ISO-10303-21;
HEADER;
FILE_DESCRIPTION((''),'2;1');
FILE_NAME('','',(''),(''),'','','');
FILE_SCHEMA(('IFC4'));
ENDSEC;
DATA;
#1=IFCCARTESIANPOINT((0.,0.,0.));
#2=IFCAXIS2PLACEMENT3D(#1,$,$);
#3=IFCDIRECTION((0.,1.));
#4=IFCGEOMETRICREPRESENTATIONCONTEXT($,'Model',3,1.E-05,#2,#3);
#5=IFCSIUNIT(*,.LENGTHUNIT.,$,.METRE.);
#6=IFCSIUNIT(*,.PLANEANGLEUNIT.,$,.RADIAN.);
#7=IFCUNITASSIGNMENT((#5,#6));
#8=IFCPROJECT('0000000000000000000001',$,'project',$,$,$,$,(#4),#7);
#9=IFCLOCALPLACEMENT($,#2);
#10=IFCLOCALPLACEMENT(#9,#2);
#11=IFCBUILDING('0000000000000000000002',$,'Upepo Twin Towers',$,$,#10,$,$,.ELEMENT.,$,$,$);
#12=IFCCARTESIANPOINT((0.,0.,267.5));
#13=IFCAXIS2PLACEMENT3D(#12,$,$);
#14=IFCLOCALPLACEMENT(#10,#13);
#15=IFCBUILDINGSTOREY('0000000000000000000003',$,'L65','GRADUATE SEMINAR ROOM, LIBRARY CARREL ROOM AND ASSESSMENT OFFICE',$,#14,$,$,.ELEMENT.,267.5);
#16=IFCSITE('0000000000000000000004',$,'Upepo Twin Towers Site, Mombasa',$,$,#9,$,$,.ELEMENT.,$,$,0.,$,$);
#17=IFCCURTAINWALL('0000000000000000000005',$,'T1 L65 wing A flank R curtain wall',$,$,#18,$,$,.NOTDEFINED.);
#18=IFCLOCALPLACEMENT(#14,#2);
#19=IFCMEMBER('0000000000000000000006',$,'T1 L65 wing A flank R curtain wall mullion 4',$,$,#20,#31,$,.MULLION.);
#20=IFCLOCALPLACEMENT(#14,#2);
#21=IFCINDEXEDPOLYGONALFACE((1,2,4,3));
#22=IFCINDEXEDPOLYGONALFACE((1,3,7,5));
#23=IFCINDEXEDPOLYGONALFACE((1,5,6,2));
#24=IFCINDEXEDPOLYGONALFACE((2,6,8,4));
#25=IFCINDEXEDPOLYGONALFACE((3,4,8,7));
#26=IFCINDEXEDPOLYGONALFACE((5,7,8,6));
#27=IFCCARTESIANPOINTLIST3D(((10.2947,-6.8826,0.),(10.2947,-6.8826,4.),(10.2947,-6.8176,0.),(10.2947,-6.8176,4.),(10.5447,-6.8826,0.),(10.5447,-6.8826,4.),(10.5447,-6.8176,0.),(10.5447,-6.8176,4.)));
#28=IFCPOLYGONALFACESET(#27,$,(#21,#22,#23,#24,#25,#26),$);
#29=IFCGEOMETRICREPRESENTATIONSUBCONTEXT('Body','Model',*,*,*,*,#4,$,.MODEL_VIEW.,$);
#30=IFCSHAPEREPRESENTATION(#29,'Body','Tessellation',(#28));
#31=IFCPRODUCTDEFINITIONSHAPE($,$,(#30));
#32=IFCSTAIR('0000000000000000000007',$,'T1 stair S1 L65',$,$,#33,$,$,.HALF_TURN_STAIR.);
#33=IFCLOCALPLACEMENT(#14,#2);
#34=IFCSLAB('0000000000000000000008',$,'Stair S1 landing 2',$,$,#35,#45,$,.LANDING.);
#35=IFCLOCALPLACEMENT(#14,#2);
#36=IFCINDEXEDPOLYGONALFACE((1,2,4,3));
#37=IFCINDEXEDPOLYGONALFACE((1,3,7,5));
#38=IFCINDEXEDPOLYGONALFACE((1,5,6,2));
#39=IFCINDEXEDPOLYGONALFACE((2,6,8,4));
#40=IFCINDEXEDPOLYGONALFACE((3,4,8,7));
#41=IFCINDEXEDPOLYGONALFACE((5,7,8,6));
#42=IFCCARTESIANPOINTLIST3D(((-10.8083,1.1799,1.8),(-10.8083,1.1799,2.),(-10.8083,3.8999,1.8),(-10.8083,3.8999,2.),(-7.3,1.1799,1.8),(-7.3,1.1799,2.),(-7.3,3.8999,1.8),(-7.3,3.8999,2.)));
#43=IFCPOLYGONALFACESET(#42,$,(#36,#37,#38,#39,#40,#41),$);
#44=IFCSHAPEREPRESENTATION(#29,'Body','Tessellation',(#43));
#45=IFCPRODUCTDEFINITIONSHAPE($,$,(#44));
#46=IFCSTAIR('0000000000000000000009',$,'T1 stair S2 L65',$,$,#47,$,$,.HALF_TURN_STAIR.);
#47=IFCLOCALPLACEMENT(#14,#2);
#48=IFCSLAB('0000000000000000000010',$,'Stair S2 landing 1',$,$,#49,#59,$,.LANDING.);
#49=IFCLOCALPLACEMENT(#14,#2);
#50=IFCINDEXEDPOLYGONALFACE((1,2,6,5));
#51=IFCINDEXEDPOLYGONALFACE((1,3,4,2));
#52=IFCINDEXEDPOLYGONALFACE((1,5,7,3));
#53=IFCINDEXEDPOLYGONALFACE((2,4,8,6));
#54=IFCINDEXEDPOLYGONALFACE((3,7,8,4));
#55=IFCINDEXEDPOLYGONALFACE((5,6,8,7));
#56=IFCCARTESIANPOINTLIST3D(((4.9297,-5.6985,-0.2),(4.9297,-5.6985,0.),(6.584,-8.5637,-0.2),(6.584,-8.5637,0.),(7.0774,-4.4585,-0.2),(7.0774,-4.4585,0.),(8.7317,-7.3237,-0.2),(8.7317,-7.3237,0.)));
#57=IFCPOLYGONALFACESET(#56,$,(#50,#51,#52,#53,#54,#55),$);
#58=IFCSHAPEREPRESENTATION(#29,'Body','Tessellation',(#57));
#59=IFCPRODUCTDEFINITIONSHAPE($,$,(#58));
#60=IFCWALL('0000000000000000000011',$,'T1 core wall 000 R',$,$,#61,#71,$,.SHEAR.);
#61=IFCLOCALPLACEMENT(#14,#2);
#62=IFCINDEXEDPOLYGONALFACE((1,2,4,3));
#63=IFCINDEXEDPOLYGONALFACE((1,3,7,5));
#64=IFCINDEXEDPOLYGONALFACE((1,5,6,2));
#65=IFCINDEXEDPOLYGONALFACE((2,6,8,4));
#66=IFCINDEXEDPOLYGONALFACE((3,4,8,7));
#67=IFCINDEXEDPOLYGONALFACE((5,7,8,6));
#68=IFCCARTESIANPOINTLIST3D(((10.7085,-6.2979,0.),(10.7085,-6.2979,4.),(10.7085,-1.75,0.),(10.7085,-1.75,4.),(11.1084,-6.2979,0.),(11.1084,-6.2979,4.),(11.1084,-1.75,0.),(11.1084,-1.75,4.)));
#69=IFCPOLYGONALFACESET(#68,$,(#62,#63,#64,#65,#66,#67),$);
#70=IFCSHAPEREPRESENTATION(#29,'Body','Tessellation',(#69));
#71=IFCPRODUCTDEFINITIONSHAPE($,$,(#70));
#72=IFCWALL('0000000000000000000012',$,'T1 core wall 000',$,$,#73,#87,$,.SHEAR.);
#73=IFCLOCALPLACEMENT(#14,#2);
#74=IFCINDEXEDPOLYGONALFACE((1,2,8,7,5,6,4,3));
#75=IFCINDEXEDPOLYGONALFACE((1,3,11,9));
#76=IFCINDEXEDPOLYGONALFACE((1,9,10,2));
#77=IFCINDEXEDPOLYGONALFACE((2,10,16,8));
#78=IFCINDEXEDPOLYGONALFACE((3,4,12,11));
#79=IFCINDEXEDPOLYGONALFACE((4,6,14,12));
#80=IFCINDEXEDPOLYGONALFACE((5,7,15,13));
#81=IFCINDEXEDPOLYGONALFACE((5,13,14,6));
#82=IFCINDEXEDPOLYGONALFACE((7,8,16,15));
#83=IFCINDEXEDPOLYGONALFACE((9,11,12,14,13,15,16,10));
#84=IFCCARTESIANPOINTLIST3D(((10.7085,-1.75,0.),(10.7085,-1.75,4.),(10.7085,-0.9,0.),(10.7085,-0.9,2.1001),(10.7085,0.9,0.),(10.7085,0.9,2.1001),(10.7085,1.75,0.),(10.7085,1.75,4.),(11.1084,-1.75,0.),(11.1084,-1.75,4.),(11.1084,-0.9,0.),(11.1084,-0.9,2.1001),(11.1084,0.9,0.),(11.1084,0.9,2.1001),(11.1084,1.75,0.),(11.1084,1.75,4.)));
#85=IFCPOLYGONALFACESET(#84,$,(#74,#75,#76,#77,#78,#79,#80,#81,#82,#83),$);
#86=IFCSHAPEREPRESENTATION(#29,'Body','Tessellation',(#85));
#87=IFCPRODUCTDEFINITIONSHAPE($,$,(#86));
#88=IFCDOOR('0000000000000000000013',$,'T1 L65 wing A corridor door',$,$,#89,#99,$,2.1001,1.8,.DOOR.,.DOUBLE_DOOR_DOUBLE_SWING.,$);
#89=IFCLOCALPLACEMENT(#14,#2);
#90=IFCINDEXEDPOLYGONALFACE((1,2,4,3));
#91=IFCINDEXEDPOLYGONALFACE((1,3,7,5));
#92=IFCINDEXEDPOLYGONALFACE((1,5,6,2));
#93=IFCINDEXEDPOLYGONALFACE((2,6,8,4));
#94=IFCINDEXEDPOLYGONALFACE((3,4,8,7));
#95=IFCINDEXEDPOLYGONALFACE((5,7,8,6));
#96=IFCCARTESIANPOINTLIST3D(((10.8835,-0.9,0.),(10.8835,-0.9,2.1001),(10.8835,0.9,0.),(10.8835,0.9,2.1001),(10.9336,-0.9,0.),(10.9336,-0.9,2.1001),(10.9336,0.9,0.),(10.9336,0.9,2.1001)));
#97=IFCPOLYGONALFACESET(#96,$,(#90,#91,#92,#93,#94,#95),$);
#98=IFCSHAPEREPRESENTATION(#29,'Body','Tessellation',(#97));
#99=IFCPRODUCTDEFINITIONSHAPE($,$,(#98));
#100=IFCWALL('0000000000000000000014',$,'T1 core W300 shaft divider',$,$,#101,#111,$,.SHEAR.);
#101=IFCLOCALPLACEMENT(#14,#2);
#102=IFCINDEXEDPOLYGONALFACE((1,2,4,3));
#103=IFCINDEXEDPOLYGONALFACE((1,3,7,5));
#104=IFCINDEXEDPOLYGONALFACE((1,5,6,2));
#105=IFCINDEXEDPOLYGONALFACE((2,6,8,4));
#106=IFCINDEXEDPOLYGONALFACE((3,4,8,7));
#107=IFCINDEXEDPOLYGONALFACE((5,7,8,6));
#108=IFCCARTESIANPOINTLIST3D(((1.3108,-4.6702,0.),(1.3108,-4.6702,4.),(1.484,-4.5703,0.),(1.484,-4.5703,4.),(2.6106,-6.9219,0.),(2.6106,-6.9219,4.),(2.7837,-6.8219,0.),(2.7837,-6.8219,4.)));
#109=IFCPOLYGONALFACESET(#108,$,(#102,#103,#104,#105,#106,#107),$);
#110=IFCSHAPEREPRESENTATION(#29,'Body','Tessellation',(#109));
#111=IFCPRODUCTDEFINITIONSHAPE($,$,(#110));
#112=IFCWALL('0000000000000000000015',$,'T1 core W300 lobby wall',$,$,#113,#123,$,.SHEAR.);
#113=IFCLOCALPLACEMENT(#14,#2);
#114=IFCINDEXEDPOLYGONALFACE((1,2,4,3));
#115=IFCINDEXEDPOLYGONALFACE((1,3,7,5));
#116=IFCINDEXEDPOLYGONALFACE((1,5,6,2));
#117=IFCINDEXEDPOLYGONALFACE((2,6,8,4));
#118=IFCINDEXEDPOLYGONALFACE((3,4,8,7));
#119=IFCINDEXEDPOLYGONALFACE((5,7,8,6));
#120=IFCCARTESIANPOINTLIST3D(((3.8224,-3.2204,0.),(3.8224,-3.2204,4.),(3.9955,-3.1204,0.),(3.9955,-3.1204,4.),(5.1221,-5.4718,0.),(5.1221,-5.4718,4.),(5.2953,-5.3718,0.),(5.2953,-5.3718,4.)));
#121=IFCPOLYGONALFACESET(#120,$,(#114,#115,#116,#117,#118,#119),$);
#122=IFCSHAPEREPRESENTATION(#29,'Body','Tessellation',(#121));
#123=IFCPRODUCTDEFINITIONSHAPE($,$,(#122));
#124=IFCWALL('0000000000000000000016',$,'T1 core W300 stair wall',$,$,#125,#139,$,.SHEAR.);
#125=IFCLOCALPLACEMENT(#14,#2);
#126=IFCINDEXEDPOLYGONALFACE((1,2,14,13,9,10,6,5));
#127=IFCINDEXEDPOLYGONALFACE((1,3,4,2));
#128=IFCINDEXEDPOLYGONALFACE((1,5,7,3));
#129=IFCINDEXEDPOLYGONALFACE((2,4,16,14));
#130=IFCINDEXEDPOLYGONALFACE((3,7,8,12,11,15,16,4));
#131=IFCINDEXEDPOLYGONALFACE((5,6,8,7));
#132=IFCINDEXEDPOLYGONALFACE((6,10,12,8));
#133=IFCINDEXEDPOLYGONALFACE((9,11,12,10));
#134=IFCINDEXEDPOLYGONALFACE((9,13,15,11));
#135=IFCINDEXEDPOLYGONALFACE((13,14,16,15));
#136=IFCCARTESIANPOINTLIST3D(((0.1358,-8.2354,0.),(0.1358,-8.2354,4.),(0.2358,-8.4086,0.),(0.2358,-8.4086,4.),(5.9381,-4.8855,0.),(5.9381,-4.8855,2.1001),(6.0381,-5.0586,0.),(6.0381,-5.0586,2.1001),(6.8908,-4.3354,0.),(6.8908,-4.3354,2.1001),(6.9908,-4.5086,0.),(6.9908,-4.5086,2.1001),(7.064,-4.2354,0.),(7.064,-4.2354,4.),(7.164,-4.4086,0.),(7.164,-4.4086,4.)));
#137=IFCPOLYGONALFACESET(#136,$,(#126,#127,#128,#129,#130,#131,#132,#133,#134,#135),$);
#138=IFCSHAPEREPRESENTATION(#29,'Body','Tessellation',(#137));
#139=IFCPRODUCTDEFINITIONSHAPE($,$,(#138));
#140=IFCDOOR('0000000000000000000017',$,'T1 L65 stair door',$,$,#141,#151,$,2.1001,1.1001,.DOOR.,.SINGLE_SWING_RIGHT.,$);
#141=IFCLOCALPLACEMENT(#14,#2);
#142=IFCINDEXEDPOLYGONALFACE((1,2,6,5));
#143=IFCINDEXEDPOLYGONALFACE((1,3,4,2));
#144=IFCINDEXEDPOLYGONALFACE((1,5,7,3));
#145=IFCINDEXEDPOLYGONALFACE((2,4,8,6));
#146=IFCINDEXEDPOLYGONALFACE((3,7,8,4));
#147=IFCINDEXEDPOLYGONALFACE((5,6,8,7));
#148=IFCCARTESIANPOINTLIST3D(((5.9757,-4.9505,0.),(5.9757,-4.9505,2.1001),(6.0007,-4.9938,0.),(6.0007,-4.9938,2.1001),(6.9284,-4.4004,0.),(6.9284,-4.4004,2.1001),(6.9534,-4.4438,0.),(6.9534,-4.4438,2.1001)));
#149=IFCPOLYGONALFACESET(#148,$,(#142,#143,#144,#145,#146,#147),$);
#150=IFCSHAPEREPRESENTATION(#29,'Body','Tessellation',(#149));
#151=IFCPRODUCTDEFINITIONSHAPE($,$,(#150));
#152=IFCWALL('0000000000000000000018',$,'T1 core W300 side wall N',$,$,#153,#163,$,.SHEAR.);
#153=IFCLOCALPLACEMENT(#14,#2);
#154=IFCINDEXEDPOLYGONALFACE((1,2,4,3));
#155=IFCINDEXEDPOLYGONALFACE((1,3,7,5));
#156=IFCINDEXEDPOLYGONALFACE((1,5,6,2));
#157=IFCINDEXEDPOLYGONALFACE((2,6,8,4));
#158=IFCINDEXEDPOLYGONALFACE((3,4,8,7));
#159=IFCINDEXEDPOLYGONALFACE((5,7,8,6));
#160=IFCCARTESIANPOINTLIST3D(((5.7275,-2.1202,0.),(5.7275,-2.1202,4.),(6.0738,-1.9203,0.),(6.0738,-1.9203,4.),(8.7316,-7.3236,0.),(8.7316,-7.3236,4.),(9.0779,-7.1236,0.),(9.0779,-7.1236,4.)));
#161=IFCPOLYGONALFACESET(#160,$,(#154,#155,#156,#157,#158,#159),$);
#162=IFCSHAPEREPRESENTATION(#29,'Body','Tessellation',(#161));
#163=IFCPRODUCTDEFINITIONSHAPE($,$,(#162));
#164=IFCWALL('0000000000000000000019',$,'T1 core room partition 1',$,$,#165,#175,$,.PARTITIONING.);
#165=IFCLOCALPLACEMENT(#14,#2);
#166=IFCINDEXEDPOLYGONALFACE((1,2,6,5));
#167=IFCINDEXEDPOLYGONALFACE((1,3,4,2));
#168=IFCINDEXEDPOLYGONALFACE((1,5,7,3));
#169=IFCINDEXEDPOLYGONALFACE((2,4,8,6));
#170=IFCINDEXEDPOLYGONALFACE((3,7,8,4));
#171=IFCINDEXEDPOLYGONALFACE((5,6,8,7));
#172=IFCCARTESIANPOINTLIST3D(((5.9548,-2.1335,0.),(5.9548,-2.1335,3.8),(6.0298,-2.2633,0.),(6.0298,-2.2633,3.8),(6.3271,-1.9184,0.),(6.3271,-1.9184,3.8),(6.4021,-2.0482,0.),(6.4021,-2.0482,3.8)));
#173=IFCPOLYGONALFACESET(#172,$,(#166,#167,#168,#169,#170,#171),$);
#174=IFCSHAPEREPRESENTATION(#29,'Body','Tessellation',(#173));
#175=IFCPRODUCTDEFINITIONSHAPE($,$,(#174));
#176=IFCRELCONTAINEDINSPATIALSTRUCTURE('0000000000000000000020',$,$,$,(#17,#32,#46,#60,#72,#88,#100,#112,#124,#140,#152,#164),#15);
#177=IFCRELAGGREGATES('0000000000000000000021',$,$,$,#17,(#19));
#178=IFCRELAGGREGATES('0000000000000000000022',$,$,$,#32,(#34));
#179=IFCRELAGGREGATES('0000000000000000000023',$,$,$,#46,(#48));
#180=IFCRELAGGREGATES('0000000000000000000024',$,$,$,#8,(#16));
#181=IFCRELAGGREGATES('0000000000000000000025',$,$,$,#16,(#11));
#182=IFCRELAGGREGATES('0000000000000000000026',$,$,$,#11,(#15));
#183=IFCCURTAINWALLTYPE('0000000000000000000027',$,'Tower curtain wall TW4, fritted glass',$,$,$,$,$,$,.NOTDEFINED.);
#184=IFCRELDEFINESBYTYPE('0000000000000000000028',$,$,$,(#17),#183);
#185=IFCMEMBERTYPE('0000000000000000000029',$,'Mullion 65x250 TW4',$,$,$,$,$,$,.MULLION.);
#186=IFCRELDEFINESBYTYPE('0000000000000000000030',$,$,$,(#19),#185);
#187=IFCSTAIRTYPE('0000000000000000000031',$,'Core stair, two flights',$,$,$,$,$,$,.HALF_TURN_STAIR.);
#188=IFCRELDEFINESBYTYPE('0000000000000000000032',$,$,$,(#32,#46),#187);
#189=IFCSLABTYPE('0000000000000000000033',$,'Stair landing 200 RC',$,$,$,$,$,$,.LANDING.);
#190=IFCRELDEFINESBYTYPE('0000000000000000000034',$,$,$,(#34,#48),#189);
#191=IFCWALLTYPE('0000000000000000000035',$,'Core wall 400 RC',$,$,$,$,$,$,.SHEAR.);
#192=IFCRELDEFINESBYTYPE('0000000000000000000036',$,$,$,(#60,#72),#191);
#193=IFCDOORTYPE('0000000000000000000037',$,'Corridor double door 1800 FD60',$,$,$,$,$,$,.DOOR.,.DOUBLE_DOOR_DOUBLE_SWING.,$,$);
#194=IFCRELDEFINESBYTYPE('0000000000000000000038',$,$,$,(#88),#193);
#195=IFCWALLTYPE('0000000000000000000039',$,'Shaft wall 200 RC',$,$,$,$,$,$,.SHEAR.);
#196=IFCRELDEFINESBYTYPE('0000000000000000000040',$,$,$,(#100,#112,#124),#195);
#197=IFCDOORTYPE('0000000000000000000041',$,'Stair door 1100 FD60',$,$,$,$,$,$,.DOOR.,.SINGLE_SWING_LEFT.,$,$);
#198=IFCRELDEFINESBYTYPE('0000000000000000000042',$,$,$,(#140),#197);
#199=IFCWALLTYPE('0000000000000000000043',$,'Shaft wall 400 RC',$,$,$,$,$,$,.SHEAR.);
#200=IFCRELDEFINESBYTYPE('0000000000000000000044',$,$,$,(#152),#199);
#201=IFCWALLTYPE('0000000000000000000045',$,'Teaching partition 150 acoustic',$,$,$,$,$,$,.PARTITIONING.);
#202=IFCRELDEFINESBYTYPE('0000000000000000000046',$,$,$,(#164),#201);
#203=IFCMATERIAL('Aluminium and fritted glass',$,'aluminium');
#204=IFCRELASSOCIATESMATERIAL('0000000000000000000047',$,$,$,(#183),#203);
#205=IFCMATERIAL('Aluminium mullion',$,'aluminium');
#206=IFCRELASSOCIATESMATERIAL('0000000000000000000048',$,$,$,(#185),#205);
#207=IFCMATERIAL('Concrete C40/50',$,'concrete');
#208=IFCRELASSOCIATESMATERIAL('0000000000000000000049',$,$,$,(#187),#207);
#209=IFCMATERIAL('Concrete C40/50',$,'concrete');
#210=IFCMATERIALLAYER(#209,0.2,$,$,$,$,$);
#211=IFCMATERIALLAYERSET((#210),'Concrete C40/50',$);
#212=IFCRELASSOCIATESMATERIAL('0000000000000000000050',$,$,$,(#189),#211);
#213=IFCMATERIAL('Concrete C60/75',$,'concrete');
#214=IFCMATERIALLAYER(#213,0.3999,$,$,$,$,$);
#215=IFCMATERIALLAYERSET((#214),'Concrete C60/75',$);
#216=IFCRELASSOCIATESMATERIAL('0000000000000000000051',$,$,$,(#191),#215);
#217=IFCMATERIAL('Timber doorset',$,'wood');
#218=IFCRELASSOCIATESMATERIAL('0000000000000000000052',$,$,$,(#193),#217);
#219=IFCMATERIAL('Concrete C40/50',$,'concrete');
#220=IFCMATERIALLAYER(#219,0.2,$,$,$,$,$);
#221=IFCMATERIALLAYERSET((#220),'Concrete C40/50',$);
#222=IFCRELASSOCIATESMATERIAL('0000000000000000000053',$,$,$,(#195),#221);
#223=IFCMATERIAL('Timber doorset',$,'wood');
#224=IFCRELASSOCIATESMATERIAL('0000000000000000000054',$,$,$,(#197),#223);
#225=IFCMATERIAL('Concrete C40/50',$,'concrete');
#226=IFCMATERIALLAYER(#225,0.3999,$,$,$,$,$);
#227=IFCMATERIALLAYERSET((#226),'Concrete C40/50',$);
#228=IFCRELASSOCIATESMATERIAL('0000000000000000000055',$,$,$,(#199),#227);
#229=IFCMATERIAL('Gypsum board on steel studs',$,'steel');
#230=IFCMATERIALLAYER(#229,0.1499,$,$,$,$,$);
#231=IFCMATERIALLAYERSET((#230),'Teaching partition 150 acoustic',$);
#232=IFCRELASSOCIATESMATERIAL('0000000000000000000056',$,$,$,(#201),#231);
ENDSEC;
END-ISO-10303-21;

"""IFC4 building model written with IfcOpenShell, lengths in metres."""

from ifc_helpers import new_model, si_unit, direction, frame, frame_2d, origin, origin_2d, place, context, subcontext, project, spatial, polyline, rectangle, outline, extrude, material, layer, layer_set, material_profile, profile_set, type_object, element, fill, aggregate, save


model = new_model("IFC4")

# Units and contexts
model_context = context("Model", 3, precision=1e-05, world=origin(), true_north=direction((0.0, 1.0)))
body_context = subcontext(model_context, "Body", "Model", "MODEL_VIEW")
ifc_project = project(units=[si_unit("LENGTHUNIT", "METRE"), si_unit("PLANEANGLEUNIT", "RADIAN")], contexts=[model_context])

# Site, building, storey
site_placement = place(None, origin())
site = spatial("IfcSite", under=ifc_project, at=site_placement, Name="Upepo Twin Towers Site, Mombasa", CompositionType="ELEMENT", RefElevation=0.0)
building_placement = place(site_placement, origin())
building = spatial("IfcBuilding", under=site, at=building_placement, Name="Upepo Twin Towers", CompositionType="ELEMENT")
storey_placement = place(building_placement, frame((0.0, 0.0, 267.5)))
storey = spatial("IfcBuildingStorey", under=building, at=storey_placement, Name="L65", Description="GRADUATE SEMINAR ROOM, LIBRARY CARREL ROOM AND ASSESSMENT OFFICE", CompositionType="ELEMENT", Elevation=267.5)

# Curtain wall, member
ifc_material_1 = material(Name="Aluminium and fritted glass", Category="aluminium")
curtain_wall_type = type_object("IfcCurtainWallType", Name="Tower curtain wall TW4, fritted glass", PredefinedType="NOTDEFINED", material=ifc_material_1)
curtain_wall_placement = place(storey_placement, origin())
curtain_wall = element("IfcCurtainWall", 1, at=curtain_wall_placement, inside=storey, type_object=curtain_wall_type, Name="T1 L65 wing A flank R curtain wall", PredefinedType="NOTDEFINED")
ifc_material_2 = material(Name="Aluminium mullion", Category="aluminium")
ifc_material_profile = material_profile(ifc_material_2, rectangle(XDim=0.0649, YDim=0.25, at=origin_2d()), Name="MULLION 65x250")
ifc_profile_set = profile_set([ifc_material_profile], Name="Aluminium mullion")
member_type = type_object("IfcMemberType", Name="Mullion 65x250 TW4", PredefinedType="MULLION", material=ifc_profile_set)
member_placement = place(storey_placement, frame((10.4197, -6.8501, 0.0), z_axis=(0.0, 0.0, 1.0), x_axis=(0.0, -1.0, 0.0)))
member = element("IfcMember", 2, at=member_placement, type_object=member_type, Name="T1 L65 wing A flank R curtain wall mullion 4", PredefinedType="MULLION", context=body_context, shape_type="SweptSolid", body=[
    extrude(rectangle(XDim=0.0649, YDim=0.25, at=origin_2d()), origin(), (0.0, 0.0, 1.0), 4.0),
])
aggregate(curtain_wall, [member])

# Stairs, slabs
ifc_material_3 = material(Name="Concrete C40/50", Category="concrete")
stair_type = type_object("IfcStairType", Name="Core stair, two flights", PredefinedType="HALF_TURN_STAIR", material=ifc_material_3)
stair_1_placement = place(storey_placement, origin())
stair_1 = element("IfcStair", 3, at=stair_1_placement, inside=storey, type_object=stair_type, Name="T1 stair S1 L65", PredefinedType="HALF_TURN_STAIR")
ifc_material_4 = material(Name="Concrete C40/50", Category="concrete")
ifc_layer_1 = layer(ifc_material_4, 0.2)
ifc_layer_set_1 = layer_set([ifc_layer_1], Name="Concrete C40/50")
slab_type = type_object("IfcSlabType", Name="Stair landing 200 RC", PredefinedType="LANDING", material=ifc_layer_set_1)
slab_1_placement = place(storey_placement, frame((0.0, 0.0, 1.8)))
slab_1 = element("IfcSlab", 4, at=slab_1_placement, type_object=slab_type, Name="Stair S1 landing 2", PredefinedType="LANDING", context=body_context, shape_type="SweptSolid", body=[
    extrude(outline(polyline([(-7.3, 3.8999), (-10.8083, 3.8999), (-10.8083, 1.1799), (-7.3, 1.1799), (-7.3, 3.8999)])), origin(), (0.0, 0.0, 1.0), 0.2),
])
aggregate(stair_1, [slab_1])
stair_2_placement = place(storey_placement, origin())
stair_2 = element("IfcStair", 5, at=stair_2_placement, inside=storey, type_object=stair_type, Name="T1 stair S2 L65", PredefinedType="HALF_TURN_STAIR")
slab_2_placement = place(storey_placement, frame((0.0, 0.0, -0.2)))
slab_2 = element("IfcSlab", 6, at=slab_2_placement, type_object=slab_type, Name="Stair S2 landing 1", PredefinedType="LANDING", context=body_context, shape_type="SweptSolid", body=[
    extrude(outline(polyline([(4.9297, -5.6985), (6.584, -8.5637), (8.7317, -7.3237), (7.0774, -4.4585), (4.9297, -5.6985)])), origin(), (0.0, 0.0, 1.0), 0.2),
])

# Wall
ifc_material_5 = material(Name="Concrete C60/75", Category="concrete")
ifc_layer_2 = layer(ifc_material_5, 0.3999)
ifc_layer_set_2 = layer_set([ifc_layer_2], Name="Concrete C60/75")
wall_type_1 = type_object("IfcWallType", Name="Core wall 400 RC", PredefinedType="SHEAR", material=ifc_layer_set_2)
wall_1_placement = place(storey_placement, frame((10.9084, -6.2979, 0.0), z_axis=(0.0, 0.0, 1.0), x_axis=(0.0, 1.0, 0.0)))
element("IfcWall", 7, at=wall_1_placement, inside=storey, type_object=wall_type_1, Name="T1 core wall 000 R", PredefinedType="SHEAR", context=body_context, shape_type="SweptSolid", body=[
    extrude(rectangle(XDim=4.5479, YDim=0.3999, at=frame_2d((2.2739, 0.0))), origin(), (0.0, 0.0, 1.0), 4.0),
])

# Wall, opening, door
wall_2_placement = place(storey_placement, frame((10.9084, -1.75, 0.0), z_axis=(0.0, 0.0, 1.0), x_axis=(0.0, 1.0, 0.0)))
wall_2 = element("IfcWall", 8, at=wall_2_placement, inside=storey, type_object=wall_type_1, Name="T1 core wall 000", PredefinedType="SHEAR", context=body_context, shape_type="SweptSolid", body=[
    extrude(rectangle(XDim=3.5, YDim=0.3999, at=frame_2d((1.75, 0.0))), origin(), (0.0, 0.0, 1.0), 4.0),
])
opening_1_placement = place(wall_2_placement, frame((0.8501, 0.0, 0.0)))
opening_1 = element("IfcOpeningElement", 9, at=opening_1_placement, cuts=wall_2, PredefinedType="OPENING", context=body_context, shape_type="SweptSolid", body=[
    extrude(rectangle(XDim=1.8, YDim=2.1001, at=frame_2d((0.8999, 1.05))), frame((0.0, 0.21, 0.0), z_axis=(0.0, -1.0, 0.0), x_axis=(1.0, 0.0, 0.0)), (0.0, 0.0, 1.0), 0.4199),
])
ifc_material_6 = material(Name="Timber doorset", Category="wood")
door_type_1 = type_object("IfcDoorType", Name="Corridor double door 1800 FD60", OperationType="DOUBLE_DOOR_DOUBLE_SWING", PredefinedType="DOOR", material=ifc_material_6)
door_1_placement = place(opening_1_placement, origin())
door_1 = element("IfcDoor", 10, at=door_1_placement, inside=storey, type_object=door_type_1, Name="T1 L65 wing A corridor door", OperationType="DOUBLE_DOOR_DOUBLE_SWING", OverallHeight=2.1001, OverallWidth=1.8, PredefinedType="DOOR", context=body_context, shape_type="SweptSolid", body=[
    extrude(rectangle(XDim=1.8, YDim=2.1001, at=frame_2d((0.8999, 1.05))), frame((0.0, 0.0249, 0.0), z_axis=(0.0, -1.0, 0.0), x_axis=(1.0, 0.0, 0.0)), (0.0, 0.0, 1.0), 0.05),
])
fill(opening_1, door_1)

# Walls
ifc_material_7 = material(Name="Concrete C40/50", Category="concrete")
ifc_layer_3 = layer(ifc_material_7, 0.2)
ifc_layer_set_3 = layer_set([ifc_layer_3], Name="Concrete C40/50")
wall_type_2 = type_object("IfcWallType", Name="Shaft wall 200 RC", PredefinedType="SHEAR", material=ifc_layer_set_3)
wall_3_placement = place(storey_placement, frame((1.3975, -4.6204, 0.0), z_axis=(0.0, 0.0, 1.0), x_axis=(0.499937, -0.866062, 0.0)))
element("IfcWall", 11, at=wall_3_placement, inside=storey, type_object=wall_type_2, Name="T1 core W300 shaft divider", PredefinedType="SHEAR", context=body_context, shape_type="SweptSolid", body=[
    extrude(rectangle(XDim=2.5999, YDim=0.2, at=frame_2d((1.2998, 0.0))), origin(), (0.0, 0.0, 1.0), 4.0),
])
wall_4_placement = place(storey_placement, frame((3.9089, -3.1704, 0.0), z_axis=(0.0, 0.0, 1.0), x_axis=(0.499977, -0.866039, 0.0)))
element("IfcWall", 12, at=wall_4_placement, inside=storey, type_object=wall_type_2, Name="T1 core W300 lobby wall", PredefinedType="SHEAR", context=body_context, shape_type="SweptSolid", body=[
    extrude(rectangle(XDim=2.5996, YDim=0.2, at=frame_2d((1.2998, 0.0))), origin(), (0.0, 0.0, 1.0), 4.0),
])

# Wall, opening, door
wall_5_placement = place(storey_placement, frame((0.1858, -8.322, 0.0), z_axis=(0.0, 0.0, 1.0), x_axis=(0.866026, 0.499999, 0.0)))
wall_5 = element("IfcWall", 13, at=wall_5_placement, inside=storey, type_object=wall_type_2, Name="T1 core W300 stair wall", PredefinedType="SHEAR", context=body_context, shape_type="SweptSolid", body=[
    extrude(rectangle(XDim=8.0, YDim=0.2, at=frame_2d((4.0, 0.0))), origin(), (0.0, 0.0, 1.0), 4.0),
])
opening_2_placement = place(wall_5_placement, frame((6.7, 0.0, 0.0)))
opening_2 = element("IfcOpeningElement", 14, at=opening_2_placement, cuts=wall_5, PredefinedType="OPENING", context=body_context, shape_type="SweptSolid", body=[
    extrude(rectangle(XDim=1.1001, YDim=2.1001, at=frame_2d((0.55, 1.05))), frame((0.0, 0.1099, 0.0), z_axis=(0.0, -1.0, 0.0), x_axis=(1.0, 0.0, 0.0)), (0.0, 0.0, 1.0), 0.22),
])
ifc_material_8 = material(Name="Timber doorset", Category="wood")
door_type_2 = type_object("IfcDoorType", Name="Stair door 1100 FD60", OperationType="SINGLE_SWING_LEFT", PredefinedType="DOOR", material=ifc_material_8)
door_2_placement = place(opening_2_placement, origin())
door_2 = element("IfcDoor", 15, at=door_2_placement, inside=storey, type_object=door_type_2, Name="T1 L65 stair door", OperationType="SINGLE_SWING_RIGHT", OverallHeight=2.1001, OverallWidth=1.1001, PredefinedType="DOOR", context=body_context, shape_type="SweptSolid", body=[
    extrude(rectangle(XDim=1.1001, YDim=2.1001, at=frame_2d((0.55, 1.05))), frame((0.0, 0.0249, 0.0), z_axis=(0.0, -1.0, 0.0), x_axis=(1.0, 0.0, 0.0)), (0.0, 0.0, 1.0), 0.05),
])
fill(opening_2, door_2)

# Walls
ifc_material_9 = material(Name="Concrete C40/50", Category="concrete")
ifc_layer_4 = layer(ifc_material_9, 0.3999)
ifc_layer_set_4 = layer_set([ifc_layer_4], Name="Concrete C40/50")
wall_type_3 = type_object("IfcWallType", Name="Shaft wall 400 RC", PredefinedType="SHEAR", material=ifc_layer_set_4)
wall_6_placement = place(storey_placement, frame((5.9006, -2.0203, 0.0), z_axis=(0.0, 0.0, 1.0), x_axis=(0.499998, -0.866027, 0.0)))
element("IfcWall", 16, at=wall_6_placement, inside=storey, type_object=wall_type_3, Name="T1 core W300 side wall N", PredefinedType="SHEAR", context=body_context, shape_type="SweptSolid", body=[
    extrude(rectangle(XDim=6.0083, YDim=0.3999, at=frame_2d((3.0042, 0.0))), origin(), (0.0, 0.0, 1.0), 4.0),
])
ifc_material_10 = material(Name="Gypsum board on steel studs", Category="steel")
ifc_layer_5 = layer(ifc_material_10, 0.1499)
ifc_layer_set_5 = layer_set([ifc_layer_5], Name="Teaching partition 150 acoustic")
wall_type_4 = type_object("IfcWallType", Name="Teaching partition 150 acoustic", PredefinedType="PARTITIONING", material=ifc_layer_set_5)
wall_7_placement = place(storey_placement, frame((6.3645, -1.9834, 0.0), z_axis=(0.0, 0.0, 1.0), x_axis=(-0.865892, -0.50023, 0.0)))
element("IfcWall", 17, at=wall_7_placement, inside=storey, type_object=wall_type_4, Name="T1 core room partition 1", PredefinedType="PARTITIONING", context=body_context, shape_type="SweptSolid", body=[
    extrude(rectangle(XDim=0.4299, YDim=0.1499, at=frame_2d((0.2148, 0.0))), origin(), (0.0, 0.0, 1.0), 3.8),
])

aggregate(stair_2, [slab_2])

save(model, "model.ifc")
